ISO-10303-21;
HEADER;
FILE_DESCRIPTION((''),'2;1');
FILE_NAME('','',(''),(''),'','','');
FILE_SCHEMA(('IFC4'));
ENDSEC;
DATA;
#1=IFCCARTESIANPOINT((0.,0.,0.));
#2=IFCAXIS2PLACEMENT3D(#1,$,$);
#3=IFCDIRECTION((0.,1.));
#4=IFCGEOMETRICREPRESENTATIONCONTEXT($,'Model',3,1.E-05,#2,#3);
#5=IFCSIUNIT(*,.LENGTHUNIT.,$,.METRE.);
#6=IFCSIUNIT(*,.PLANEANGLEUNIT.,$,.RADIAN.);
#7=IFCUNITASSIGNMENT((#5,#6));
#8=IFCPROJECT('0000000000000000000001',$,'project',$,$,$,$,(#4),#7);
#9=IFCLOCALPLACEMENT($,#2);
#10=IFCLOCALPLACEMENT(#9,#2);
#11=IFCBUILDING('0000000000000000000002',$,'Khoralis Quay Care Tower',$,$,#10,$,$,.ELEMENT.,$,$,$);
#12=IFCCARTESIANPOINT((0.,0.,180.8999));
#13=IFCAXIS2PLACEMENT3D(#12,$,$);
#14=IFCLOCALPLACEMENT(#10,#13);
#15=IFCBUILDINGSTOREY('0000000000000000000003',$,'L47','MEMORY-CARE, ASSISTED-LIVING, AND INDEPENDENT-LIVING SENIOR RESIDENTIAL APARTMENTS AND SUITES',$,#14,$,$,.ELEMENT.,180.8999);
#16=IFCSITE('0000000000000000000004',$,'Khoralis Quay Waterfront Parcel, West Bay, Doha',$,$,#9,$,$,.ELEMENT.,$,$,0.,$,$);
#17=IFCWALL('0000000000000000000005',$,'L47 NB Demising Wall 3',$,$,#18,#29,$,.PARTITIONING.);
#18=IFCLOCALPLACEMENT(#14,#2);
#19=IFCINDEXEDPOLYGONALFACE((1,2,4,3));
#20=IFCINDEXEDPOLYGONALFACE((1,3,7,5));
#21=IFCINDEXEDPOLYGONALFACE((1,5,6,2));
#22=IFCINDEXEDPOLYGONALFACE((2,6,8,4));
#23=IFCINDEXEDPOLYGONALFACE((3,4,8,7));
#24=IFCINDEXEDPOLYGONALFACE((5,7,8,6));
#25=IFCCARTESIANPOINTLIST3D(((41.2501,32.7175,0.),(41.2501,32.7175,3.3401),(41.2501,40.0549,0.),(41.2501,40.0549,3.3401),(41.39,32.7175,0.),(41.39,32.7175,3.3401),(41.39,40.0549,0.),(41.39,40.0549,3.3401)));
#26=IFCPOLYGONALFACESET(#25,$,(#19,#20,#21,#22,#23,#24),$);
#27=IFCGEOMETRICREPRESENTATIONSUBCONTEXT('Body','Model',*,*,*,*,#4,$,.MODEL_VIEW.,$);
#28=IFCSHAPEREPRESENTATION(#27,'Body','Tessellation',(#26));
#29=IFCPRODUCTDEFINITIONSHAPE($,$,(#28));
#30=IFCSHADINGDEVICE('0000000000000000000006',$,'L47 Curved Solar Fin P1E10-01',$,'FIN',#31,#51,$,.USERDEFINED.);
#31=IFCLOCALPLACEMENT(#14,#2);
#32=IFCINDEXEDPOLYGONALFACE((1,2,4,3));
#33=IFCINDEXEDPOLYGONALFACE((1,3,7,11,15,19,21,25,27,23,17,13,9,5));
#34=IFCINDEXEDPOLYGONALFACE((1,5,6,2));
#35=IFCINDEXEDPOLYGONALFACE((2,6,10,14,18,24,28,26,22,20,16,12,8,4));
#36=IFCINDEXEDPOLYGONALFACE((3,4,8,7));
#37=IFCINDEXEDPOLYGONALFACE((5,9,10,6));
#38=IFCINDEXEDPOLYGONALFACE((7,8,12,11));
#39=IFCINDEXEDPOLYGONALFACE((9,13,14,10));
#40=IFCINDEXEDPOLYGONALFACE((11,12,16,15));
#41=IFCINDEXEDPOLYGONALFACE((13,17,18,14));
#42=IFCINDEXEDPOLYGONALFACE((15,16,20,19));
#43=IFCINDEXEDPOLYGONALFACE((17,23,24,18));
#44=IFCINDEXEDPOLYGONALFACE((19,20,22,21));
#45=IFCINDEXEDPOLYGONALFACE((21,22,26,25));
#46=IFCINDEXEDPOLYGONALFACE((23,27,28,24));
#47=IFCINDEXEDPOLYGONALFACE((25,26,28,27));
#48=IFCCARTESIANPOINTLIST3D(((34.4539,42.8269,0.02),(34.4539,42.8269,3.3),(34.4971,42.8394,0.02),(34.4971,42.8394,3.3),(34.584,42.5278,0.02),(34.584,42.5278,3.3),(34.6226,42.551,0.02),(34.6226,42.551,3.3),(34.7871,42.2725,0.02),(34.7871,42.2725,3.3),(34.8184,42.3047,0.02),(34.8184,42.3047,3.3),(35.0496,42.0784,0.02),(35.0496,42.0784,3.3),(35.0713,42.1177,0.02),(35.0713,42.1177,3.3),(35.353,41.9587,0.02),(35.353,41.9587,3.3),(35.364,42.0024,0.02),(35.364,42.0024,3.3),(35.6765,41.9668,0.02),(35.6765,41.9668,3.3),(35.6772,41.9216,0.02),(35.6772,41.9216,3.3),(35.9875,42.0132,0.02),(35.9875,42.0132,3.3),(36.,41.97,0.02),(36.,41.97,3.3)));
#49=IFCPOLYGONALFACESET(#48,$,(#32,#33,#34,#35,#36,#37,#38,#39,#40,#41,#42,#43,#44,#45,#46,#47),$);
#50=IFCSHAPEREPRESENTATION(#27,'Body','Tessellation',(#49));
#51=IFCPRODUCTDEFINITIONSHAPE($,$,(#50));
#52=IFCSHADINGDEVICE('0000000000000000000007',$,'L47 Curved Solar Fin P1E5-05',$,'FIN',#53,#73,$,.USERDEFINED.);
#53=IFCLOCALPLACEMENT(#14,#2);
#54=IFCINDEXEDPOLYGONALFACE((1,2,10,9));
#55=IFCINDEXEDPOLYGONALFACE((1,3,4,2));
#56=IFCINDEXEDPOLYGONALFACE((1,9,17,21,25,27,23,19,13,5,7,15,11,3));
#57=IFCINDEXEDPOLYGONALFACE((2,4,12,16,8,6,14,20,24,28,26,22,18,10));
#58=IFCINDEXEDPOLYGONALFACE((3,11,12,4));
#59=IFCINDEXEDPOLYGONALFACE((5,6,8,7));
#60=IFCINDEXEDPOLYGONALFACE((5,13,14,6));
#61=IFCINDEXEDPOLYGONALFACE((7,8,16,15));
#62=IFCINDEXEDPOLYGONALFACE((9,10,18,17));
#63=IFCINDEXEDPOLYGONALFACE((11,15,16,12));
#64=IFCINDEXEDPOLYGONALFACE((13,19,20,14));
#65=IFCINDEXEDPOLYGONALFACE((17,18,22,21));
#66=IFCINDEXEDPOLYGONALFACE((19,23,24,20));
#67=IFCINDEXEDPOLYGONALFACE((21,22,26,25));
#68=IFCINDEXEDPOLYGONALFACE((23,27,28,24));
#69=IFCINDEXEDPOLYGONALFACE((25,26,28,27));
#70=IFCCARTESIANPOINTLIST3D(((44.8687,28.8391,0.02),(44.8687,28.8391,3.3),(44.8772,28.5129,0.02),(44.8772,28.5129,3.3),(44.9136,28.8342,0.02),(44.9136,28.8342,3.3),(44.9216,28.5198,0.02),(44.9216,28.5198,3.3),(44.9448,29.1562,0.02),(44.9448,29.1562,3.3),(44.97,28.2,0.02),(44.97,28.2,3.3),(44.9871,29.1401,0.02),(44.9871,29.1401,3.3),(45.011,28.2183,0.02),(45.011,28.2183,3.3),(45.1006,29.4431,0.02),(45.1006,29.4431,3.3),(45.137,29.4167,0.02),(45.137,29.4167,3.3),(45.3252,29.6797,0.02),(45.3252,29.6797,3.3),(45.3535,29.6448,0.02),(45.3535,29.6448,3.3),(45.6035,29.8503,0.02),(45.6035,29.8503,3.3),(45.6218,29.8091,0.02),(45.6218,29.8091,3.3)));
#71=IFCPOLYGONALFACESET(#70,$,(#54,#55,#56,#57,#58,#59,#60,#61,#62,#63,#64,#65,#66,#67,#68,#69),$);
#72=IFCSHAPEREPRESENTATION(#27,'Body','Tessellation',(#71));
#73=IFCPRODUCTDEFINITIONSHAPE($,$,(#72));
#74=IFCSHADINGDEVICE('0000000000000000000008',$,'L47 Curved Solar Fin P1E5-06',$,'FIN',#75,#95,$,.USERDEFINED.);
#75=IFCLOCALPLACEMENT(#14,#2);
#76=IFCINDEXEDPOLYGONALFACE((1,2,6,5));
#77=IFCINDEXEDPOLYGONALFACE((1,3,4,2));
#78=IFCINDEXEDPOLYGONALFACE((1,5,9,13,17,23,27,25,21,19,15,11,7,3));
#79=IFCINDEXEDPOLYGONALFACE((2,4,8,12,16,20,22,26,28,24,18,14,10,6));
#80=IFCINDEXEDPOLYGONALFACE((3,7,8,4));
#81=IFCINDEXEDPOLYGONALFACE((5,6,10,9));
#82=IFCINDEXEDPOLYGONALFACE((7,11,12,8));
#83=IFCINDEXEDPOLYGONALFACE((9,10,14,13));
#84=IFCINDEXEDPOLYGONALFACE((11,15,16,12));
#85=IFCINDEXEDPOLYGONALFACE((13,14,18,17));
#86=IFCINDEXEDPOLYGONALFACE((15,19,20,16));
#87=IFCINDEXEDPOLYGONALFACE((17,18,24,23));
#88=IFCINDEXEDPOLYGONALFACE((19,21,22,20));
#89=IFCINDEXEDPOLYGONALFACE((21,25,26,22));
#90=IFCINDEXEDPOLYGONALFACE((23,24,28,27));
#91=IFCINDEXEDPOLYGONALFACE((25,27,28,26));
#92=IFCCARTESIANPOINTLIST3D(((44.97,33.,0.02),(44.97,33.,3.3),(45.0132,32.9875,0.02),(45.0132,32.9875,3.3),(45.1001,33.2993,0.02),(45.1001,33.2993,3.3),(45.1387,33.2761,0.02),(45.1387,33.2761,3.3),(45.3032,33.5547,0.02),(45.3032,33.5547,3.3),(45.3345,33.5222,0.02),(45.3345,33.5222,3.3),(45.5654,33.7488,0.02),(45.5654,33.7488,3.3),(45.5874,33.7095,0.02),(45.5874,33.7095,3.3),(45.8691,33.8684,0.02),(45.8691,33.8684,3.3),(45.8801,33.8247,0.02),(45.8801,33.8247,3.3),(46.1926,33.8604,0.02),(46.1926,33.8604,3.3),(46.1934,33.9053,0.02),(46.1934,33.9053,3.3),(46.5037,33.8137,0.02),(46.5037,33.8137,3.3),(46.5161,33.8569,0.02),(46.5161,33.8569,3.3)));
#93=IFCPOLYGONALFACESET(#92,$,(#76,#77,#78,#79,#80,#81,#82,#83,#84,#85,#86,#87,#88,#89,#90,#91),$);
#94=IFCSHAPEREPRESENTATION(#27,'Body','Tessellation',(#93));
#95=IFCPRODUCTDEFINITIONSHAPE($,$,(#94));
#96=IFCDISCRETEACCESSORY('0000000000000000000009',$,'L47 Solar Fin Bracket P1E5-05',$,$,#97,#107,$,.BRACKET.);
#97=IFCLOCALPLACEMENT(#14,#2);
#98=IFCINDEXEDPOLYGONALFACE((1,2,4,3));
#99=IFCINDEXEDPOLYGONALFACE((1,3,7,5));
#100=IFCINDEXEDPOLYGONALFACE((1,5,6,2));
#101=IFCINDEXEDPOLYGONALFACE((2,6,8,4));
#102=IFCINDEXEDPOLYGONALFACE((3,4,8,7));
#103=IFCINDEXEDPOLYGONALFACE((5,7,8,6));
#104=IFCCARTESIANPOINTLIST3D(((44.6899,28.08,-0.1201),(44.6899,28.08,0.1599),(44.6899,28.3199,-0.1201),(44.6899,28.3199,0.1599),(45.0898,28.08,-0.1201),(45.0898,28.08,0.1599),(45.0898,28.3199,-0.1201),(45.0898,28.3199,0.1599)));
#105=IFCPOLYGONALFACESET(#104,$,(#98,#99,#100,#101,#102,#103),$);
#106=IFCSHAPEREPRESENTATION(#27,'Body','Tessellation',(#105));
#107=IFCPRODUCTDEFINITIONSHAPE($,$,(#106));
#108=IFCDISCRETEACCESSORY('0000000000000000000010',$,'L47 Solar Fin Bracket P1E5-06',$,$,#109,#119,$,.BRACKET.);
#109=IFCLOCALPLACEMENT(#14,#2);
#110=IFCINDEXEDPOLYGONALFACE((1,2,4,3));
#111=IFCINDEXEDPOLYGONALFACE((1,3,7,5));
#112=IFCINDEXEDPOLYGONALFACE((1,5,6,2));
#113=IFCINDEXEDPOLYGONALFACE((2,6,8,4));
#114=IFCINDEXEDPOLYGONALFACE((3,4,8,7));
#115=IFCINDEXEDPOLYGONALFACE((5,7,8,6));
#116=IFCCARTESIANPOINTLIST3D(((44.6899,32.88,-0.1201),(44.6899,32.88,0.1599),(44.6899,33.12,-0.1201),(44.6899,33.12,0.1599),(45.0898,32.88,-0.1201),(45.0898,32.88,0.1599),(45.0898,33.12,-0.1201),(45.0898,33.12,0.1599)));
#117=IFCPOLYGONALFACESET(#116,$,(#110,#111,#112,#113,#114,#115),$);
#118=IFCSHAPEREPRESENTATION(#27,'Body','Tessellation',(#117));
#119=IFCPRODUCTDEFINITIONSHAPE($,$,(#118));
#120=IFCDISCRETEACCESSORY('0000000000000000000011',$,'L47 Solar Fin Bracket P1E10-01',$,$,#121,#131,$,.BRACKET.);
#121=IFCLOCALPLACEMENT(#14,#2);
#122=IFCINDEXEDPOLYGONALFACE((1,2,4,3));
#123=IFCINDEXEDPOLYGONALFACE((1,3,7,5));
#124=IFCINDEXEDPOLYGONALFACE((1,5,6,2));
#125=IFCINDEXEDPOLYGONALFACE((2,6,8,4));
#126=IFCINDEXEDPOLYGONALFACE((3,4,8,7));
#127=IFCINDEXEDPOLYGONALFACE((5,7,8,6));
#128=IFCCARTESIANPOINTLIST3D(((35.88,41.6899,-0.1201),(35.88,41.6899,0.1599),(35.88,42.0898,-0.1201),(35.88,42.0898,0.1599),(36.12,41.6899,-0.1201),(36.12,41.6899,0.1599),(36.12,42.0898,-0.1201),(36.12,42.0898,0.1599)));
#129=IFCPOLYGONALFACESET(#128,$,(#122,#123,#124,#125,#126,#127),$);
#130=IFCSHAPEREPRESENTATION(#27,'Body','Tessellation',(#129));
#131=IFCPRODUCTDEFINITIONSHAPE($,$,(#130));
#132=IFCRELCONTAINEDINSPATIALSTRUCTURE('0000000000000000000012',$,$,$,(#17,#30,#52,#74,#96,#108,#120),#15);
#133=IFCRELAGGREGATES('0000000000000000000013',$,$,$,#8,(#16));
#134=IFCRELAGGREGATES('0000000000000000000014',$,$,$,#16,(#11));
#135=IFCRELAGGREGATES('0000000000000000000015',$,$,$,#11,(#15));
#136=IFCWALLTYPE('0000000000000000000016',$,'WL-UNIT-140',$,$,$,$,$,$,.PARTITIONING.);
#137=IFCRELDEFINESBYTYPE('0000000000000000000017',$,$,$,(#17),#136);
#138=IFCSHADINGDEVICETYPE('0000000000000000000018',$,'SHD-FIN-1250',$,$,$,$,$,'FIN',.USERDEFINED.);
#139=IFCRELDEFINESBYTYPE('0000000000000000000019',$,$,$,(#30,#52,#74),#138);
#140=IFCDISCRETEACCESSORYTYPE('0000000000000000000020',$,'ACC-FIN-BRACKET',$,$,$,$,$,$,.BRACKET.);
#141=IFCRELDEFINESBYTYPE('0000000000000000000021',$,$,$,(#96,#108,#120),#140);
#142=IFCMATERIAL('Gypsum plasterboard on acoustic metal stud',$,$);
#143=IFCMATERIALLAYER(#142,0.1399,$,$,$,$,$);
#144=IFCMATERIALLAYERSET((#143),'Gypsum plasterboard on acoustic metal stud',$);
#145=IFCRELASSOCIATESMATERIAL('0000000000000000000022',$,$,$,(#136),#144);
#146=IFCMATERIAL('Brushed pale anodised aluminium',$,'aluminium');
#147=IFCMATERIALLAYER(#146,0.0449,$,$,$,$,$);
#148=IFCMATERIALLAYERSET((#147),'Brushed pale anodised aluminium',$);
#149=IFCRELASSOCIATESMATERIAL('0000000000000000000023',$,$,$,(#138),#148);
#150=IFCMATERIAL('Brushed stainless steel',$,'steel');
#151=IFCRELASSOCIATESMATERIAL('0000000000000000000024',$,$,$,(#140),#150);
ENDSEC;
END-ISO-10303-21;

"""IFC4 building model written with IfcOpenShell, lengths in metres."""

from ifc_helpers import new_model, si_unit, direction, frame, frame_2d, origin, origin_2d, place, context, subcontext, project, spatial, polyline, rectangle, outline, extrude, source, transform, mapped, material, layer, layer_set, type_object, element, save


model = new_model("IFC4")

# Units and contexts
model_context = context("Model", 3, precision=1e-05, world=origin(), true_north=direction((0.0, 1.0)))
body_context = subcontext(model_context, "Body", "Model", "MODEL_VIEW")
ifc_project = project(units=[si_unit("LENGTHUNIT", "METRE"), si_unit("PLANEANGLEUNIT", "RADIAN")], contexts=[model_context])

# Site, building, storey
site_placement = place(None, origin())
site = spatial("IfcSite", under=ifc_project, at=site_placement, Name="Khoralis Quay Waterfront Parcel, West Bay, Doha", CompositionType="ELEMENT", RefElevation=0.0)
building_placement = place(site_placement, origin())
building = spatial("IfcBuilding", under=site, at=building_placement, Name="Khoralis Quay Care Tower", CompositionType="ELEMENT")
storey_placement = place(building_placement, frame((0.0, 0.0, 180.8999)))
storey = spatial("IfcBuildingStorey", under=building, at=storey_placement, Name="L47", Description="MEMORY-CARE, ASSISTED-LIVING, AND INDEPENDENT-LIVING SENIOR RESIDENTIAL APARTMENTS AND SUITES", CompositionType="ELEMENT", Elevation=180.8999)

# Shared definitions
ifc_material_1 = material(Name="Gypsum plasterboard on acoustic metal stud")

# Wall
ifc_layer_1 = layer(ifc_material_1, 0.1399)
ifc_layer_set_1 = layer_set([ifc_layer_1], Name="Gypsum plasterboard on acoustic metal stud")
wall_type_1 = type_object("IfcWallType", Name="WL-UNIT-140", PredefinedType="PARTITIONING", material=ifc_layer_set_1)
wall_1_placement = place(storey_placement, frame((41.3201, 32.7175, 0.0), z_axis=(0.0, 0.0, 1.0), x_axis=(0.0, 1.0, 0.0)))
element("IfcWall", 1, at=wall_1_placement, inside=storey, type_object=wall_type_1, Name="L47 NB Demising Wall 3", PredefinedType="PARTITIONING", context=body_context, shape_type="SweptSolid", body=[
    extrude(rectangle(XDim=7.3374, YDim=0.1399, at=frame_2d((3.6687, 0.0))), origin(), (0.0, 0.0, 1.0), 3.3401),
])

# Shading devices
ifc_material_2 = material(Name="Brushed pale anodised aluminium", Category="aluminium")
ifc_layer_2 = layer(ifc_material_2, 0.0449)
ifc_layer_set_2 = layer_set([ifc_layer_2], Name="Brushed pale anodised aluminium")
shading_device_type = type_object("IfcShadingDeviceType", Name="SHD-FIN-1250", ElementType="FIN", PredefinedType="USERDEFINED", material=ifc_layer_set_2)
shared_shape_1 = source(origin(), body_context, "Body", "SweptSolid", [
    extrude(outline(polyline([(0.0, 0.0), (-0.0483, 0.3228), (-0.0112, 0.647), (0.1084, 0.9504), (0.3025, 1.2129), (0.5579, 1.416), (0.8569, 1.5461), (0.8694, 1.5029), (0.5811, 1.3774), (0.3347, 1.1816), (0.1477, 0.9287), (0.0325, 0.636), (-0.0032, 0.3235), (0.0432, 0.0125), (0.0, 0.0)])), origin(), (0.0, 0.0, 1.0), 3.28),
])
shading_device_1_placement = place(storey_placement, frame((36.0, 41.97, 0.02), z_axis=(0.0, 0.0, 1.0), x_axis=(0.0, 1.0, 0.0)))
element("IfcShadingDevice", 2, at=shading_device_1_placement, inside=storey, type_object=shading_device_type, Name="L47 Curved Solar Fin P1E10-01", ObjectType="FIN", PredefinedType="USERDEFINED", context=body_context, shape_type="MappedRepresentation", body=[
    mapped(shared_shape_1, transform((0.0, 0.0, 0.0), scale=1.0)),
])
shared_shape_2 = source(origin(), body_context, "Body", "SweptSolid", [
    extrude(outline(polyline([(0.0, 0.0), (-0.0928, 0.313), (-0.1013, 0.6392), (-0.0251, 0.9563), (0.1306, 1.2432), (0.3552, 1.4797), (0.6335, 1.6504), (0.6519, 1.6091), (0.3835, 1.4448), (0.167, 1.2168), (0.0171, 0.9402), (-0.0564, 0.6343), (-0.0483, 0.3198), (0.041, 0.0183), (0.0, 0.0)])), origin(), (0.0, 0.0, 1.0), 3.28),
])
shading_device_2_placement = place(storey_placement, frame((44.97, 28.2, 0.02), z_axis=(0.0, 0.0, 1.0), x_axis=(1.0, 0.0, 0.0)))
element("IfcShadingDevice", 3, at=shading_device_2_placement, inside=storey, type_object=shading_device_type, Name="L47 Curved Solar Fin P1E5-05", ObjectType="FIN", PredefinedType="USERDEFINED", context=body_context, shape_type="MappedRepresentation", body=[
    mapped(shared_shape_2, transform((0.0, 0.0, 0.0), scale=1.0)),
])
shared_shape_3 = source(origin(), body_context, "Body", "SweptSolid", [
    extrude(outline(polyline([(0.0, 0.0), (0.1301, 0.2993), (0.3333, 0.5547), (0.5955, 0.7488), (0.8992, 0.8684), (1.2234, 0.9053), (1.5461, 0.8569), (1.5337, 0.8137), (1.2227, 0.8604), (0.9102, 0.8247), (0.6174, 0.7095), (0.3645, 0.5222), (0.1687, 0.2761), (0.0432, -0.0125), (0.0, 0.0)])), origin(), (0.0, 0.0, 1.0), 3.28),
])
shading_device_3_placement = place(storey_placement, frame((44.97, 33.0, 0.02), z_axis=(0.0, 0.0, 1.0), x_axis=(1.0, 0.0, 0.0)))
element("IfcShadingDevice", 4, at=shading_device_3_placement, inside=storey, type_object=shading_device_type, Name="L47 Curved Solar Fin P1E5-06", ObjectType="FIN", PredefinedType="USERDEFINED", context=body_context, shape_type="MappedRepresentation", body=[
    mapped(shared_shape_3, transform((0.0, 0.0, 0.0), scale=1.0)),
])

# Discrete accessories
ifc_material_3 = material(Name="Brushed stainless steel", Category="steel")
discrete_accessory_type = type_object("IfcDiscreteAccessoryType", Name="ACC-FIN-BRACKET", PredefinedType="BRACKET", material=ifc_material_3)
shared_shape_4 = source(origin(), body_context, "Body", "SweptSolid", [
    extrude(rectangle(XDim=0.3999, YDim=0.24, at=origin_2d()), origin(), (0.0, 0.0, 1.0), 0.28),
])
for number, where, z_axis, x_axis, name in (
    (5, (44.8899, 28.2, -0.1201), (0.0, 0.0, 1.0), (1.0, 0.0, 0.0), "L47 Solar Fin Bracket P1E5-05"),
    (6, (44.8899, 33.0, -0.1201), (0.0, 0.0, 1.0), (1.0, 0.0, 0.0), "L47 Solar Fin Bracket P1E5-06"),
    (7, (36.0, 41.8899, -0.1201), (0.0, 0.0, 1.0), (0.0, 1.0, 0.0), "L47 Solar Fin Bracket P1E10-01"),
):
    element("IfcDiscreteAccessory", number, at=place(storey_placement, frame(where, z_axis=z_axis, x_axis=x_axis)), inside=storey, type_object=discrete_accessory_type, Name=name, PredefinedType="BRACKET", context=body_context, shape_type="MappedRepresentation", body=[
        mapped(shared_shape_4, transform((0.0, 0.0, 0.0), scale=1.0)),
    ])

save(model, "model.ifc")
